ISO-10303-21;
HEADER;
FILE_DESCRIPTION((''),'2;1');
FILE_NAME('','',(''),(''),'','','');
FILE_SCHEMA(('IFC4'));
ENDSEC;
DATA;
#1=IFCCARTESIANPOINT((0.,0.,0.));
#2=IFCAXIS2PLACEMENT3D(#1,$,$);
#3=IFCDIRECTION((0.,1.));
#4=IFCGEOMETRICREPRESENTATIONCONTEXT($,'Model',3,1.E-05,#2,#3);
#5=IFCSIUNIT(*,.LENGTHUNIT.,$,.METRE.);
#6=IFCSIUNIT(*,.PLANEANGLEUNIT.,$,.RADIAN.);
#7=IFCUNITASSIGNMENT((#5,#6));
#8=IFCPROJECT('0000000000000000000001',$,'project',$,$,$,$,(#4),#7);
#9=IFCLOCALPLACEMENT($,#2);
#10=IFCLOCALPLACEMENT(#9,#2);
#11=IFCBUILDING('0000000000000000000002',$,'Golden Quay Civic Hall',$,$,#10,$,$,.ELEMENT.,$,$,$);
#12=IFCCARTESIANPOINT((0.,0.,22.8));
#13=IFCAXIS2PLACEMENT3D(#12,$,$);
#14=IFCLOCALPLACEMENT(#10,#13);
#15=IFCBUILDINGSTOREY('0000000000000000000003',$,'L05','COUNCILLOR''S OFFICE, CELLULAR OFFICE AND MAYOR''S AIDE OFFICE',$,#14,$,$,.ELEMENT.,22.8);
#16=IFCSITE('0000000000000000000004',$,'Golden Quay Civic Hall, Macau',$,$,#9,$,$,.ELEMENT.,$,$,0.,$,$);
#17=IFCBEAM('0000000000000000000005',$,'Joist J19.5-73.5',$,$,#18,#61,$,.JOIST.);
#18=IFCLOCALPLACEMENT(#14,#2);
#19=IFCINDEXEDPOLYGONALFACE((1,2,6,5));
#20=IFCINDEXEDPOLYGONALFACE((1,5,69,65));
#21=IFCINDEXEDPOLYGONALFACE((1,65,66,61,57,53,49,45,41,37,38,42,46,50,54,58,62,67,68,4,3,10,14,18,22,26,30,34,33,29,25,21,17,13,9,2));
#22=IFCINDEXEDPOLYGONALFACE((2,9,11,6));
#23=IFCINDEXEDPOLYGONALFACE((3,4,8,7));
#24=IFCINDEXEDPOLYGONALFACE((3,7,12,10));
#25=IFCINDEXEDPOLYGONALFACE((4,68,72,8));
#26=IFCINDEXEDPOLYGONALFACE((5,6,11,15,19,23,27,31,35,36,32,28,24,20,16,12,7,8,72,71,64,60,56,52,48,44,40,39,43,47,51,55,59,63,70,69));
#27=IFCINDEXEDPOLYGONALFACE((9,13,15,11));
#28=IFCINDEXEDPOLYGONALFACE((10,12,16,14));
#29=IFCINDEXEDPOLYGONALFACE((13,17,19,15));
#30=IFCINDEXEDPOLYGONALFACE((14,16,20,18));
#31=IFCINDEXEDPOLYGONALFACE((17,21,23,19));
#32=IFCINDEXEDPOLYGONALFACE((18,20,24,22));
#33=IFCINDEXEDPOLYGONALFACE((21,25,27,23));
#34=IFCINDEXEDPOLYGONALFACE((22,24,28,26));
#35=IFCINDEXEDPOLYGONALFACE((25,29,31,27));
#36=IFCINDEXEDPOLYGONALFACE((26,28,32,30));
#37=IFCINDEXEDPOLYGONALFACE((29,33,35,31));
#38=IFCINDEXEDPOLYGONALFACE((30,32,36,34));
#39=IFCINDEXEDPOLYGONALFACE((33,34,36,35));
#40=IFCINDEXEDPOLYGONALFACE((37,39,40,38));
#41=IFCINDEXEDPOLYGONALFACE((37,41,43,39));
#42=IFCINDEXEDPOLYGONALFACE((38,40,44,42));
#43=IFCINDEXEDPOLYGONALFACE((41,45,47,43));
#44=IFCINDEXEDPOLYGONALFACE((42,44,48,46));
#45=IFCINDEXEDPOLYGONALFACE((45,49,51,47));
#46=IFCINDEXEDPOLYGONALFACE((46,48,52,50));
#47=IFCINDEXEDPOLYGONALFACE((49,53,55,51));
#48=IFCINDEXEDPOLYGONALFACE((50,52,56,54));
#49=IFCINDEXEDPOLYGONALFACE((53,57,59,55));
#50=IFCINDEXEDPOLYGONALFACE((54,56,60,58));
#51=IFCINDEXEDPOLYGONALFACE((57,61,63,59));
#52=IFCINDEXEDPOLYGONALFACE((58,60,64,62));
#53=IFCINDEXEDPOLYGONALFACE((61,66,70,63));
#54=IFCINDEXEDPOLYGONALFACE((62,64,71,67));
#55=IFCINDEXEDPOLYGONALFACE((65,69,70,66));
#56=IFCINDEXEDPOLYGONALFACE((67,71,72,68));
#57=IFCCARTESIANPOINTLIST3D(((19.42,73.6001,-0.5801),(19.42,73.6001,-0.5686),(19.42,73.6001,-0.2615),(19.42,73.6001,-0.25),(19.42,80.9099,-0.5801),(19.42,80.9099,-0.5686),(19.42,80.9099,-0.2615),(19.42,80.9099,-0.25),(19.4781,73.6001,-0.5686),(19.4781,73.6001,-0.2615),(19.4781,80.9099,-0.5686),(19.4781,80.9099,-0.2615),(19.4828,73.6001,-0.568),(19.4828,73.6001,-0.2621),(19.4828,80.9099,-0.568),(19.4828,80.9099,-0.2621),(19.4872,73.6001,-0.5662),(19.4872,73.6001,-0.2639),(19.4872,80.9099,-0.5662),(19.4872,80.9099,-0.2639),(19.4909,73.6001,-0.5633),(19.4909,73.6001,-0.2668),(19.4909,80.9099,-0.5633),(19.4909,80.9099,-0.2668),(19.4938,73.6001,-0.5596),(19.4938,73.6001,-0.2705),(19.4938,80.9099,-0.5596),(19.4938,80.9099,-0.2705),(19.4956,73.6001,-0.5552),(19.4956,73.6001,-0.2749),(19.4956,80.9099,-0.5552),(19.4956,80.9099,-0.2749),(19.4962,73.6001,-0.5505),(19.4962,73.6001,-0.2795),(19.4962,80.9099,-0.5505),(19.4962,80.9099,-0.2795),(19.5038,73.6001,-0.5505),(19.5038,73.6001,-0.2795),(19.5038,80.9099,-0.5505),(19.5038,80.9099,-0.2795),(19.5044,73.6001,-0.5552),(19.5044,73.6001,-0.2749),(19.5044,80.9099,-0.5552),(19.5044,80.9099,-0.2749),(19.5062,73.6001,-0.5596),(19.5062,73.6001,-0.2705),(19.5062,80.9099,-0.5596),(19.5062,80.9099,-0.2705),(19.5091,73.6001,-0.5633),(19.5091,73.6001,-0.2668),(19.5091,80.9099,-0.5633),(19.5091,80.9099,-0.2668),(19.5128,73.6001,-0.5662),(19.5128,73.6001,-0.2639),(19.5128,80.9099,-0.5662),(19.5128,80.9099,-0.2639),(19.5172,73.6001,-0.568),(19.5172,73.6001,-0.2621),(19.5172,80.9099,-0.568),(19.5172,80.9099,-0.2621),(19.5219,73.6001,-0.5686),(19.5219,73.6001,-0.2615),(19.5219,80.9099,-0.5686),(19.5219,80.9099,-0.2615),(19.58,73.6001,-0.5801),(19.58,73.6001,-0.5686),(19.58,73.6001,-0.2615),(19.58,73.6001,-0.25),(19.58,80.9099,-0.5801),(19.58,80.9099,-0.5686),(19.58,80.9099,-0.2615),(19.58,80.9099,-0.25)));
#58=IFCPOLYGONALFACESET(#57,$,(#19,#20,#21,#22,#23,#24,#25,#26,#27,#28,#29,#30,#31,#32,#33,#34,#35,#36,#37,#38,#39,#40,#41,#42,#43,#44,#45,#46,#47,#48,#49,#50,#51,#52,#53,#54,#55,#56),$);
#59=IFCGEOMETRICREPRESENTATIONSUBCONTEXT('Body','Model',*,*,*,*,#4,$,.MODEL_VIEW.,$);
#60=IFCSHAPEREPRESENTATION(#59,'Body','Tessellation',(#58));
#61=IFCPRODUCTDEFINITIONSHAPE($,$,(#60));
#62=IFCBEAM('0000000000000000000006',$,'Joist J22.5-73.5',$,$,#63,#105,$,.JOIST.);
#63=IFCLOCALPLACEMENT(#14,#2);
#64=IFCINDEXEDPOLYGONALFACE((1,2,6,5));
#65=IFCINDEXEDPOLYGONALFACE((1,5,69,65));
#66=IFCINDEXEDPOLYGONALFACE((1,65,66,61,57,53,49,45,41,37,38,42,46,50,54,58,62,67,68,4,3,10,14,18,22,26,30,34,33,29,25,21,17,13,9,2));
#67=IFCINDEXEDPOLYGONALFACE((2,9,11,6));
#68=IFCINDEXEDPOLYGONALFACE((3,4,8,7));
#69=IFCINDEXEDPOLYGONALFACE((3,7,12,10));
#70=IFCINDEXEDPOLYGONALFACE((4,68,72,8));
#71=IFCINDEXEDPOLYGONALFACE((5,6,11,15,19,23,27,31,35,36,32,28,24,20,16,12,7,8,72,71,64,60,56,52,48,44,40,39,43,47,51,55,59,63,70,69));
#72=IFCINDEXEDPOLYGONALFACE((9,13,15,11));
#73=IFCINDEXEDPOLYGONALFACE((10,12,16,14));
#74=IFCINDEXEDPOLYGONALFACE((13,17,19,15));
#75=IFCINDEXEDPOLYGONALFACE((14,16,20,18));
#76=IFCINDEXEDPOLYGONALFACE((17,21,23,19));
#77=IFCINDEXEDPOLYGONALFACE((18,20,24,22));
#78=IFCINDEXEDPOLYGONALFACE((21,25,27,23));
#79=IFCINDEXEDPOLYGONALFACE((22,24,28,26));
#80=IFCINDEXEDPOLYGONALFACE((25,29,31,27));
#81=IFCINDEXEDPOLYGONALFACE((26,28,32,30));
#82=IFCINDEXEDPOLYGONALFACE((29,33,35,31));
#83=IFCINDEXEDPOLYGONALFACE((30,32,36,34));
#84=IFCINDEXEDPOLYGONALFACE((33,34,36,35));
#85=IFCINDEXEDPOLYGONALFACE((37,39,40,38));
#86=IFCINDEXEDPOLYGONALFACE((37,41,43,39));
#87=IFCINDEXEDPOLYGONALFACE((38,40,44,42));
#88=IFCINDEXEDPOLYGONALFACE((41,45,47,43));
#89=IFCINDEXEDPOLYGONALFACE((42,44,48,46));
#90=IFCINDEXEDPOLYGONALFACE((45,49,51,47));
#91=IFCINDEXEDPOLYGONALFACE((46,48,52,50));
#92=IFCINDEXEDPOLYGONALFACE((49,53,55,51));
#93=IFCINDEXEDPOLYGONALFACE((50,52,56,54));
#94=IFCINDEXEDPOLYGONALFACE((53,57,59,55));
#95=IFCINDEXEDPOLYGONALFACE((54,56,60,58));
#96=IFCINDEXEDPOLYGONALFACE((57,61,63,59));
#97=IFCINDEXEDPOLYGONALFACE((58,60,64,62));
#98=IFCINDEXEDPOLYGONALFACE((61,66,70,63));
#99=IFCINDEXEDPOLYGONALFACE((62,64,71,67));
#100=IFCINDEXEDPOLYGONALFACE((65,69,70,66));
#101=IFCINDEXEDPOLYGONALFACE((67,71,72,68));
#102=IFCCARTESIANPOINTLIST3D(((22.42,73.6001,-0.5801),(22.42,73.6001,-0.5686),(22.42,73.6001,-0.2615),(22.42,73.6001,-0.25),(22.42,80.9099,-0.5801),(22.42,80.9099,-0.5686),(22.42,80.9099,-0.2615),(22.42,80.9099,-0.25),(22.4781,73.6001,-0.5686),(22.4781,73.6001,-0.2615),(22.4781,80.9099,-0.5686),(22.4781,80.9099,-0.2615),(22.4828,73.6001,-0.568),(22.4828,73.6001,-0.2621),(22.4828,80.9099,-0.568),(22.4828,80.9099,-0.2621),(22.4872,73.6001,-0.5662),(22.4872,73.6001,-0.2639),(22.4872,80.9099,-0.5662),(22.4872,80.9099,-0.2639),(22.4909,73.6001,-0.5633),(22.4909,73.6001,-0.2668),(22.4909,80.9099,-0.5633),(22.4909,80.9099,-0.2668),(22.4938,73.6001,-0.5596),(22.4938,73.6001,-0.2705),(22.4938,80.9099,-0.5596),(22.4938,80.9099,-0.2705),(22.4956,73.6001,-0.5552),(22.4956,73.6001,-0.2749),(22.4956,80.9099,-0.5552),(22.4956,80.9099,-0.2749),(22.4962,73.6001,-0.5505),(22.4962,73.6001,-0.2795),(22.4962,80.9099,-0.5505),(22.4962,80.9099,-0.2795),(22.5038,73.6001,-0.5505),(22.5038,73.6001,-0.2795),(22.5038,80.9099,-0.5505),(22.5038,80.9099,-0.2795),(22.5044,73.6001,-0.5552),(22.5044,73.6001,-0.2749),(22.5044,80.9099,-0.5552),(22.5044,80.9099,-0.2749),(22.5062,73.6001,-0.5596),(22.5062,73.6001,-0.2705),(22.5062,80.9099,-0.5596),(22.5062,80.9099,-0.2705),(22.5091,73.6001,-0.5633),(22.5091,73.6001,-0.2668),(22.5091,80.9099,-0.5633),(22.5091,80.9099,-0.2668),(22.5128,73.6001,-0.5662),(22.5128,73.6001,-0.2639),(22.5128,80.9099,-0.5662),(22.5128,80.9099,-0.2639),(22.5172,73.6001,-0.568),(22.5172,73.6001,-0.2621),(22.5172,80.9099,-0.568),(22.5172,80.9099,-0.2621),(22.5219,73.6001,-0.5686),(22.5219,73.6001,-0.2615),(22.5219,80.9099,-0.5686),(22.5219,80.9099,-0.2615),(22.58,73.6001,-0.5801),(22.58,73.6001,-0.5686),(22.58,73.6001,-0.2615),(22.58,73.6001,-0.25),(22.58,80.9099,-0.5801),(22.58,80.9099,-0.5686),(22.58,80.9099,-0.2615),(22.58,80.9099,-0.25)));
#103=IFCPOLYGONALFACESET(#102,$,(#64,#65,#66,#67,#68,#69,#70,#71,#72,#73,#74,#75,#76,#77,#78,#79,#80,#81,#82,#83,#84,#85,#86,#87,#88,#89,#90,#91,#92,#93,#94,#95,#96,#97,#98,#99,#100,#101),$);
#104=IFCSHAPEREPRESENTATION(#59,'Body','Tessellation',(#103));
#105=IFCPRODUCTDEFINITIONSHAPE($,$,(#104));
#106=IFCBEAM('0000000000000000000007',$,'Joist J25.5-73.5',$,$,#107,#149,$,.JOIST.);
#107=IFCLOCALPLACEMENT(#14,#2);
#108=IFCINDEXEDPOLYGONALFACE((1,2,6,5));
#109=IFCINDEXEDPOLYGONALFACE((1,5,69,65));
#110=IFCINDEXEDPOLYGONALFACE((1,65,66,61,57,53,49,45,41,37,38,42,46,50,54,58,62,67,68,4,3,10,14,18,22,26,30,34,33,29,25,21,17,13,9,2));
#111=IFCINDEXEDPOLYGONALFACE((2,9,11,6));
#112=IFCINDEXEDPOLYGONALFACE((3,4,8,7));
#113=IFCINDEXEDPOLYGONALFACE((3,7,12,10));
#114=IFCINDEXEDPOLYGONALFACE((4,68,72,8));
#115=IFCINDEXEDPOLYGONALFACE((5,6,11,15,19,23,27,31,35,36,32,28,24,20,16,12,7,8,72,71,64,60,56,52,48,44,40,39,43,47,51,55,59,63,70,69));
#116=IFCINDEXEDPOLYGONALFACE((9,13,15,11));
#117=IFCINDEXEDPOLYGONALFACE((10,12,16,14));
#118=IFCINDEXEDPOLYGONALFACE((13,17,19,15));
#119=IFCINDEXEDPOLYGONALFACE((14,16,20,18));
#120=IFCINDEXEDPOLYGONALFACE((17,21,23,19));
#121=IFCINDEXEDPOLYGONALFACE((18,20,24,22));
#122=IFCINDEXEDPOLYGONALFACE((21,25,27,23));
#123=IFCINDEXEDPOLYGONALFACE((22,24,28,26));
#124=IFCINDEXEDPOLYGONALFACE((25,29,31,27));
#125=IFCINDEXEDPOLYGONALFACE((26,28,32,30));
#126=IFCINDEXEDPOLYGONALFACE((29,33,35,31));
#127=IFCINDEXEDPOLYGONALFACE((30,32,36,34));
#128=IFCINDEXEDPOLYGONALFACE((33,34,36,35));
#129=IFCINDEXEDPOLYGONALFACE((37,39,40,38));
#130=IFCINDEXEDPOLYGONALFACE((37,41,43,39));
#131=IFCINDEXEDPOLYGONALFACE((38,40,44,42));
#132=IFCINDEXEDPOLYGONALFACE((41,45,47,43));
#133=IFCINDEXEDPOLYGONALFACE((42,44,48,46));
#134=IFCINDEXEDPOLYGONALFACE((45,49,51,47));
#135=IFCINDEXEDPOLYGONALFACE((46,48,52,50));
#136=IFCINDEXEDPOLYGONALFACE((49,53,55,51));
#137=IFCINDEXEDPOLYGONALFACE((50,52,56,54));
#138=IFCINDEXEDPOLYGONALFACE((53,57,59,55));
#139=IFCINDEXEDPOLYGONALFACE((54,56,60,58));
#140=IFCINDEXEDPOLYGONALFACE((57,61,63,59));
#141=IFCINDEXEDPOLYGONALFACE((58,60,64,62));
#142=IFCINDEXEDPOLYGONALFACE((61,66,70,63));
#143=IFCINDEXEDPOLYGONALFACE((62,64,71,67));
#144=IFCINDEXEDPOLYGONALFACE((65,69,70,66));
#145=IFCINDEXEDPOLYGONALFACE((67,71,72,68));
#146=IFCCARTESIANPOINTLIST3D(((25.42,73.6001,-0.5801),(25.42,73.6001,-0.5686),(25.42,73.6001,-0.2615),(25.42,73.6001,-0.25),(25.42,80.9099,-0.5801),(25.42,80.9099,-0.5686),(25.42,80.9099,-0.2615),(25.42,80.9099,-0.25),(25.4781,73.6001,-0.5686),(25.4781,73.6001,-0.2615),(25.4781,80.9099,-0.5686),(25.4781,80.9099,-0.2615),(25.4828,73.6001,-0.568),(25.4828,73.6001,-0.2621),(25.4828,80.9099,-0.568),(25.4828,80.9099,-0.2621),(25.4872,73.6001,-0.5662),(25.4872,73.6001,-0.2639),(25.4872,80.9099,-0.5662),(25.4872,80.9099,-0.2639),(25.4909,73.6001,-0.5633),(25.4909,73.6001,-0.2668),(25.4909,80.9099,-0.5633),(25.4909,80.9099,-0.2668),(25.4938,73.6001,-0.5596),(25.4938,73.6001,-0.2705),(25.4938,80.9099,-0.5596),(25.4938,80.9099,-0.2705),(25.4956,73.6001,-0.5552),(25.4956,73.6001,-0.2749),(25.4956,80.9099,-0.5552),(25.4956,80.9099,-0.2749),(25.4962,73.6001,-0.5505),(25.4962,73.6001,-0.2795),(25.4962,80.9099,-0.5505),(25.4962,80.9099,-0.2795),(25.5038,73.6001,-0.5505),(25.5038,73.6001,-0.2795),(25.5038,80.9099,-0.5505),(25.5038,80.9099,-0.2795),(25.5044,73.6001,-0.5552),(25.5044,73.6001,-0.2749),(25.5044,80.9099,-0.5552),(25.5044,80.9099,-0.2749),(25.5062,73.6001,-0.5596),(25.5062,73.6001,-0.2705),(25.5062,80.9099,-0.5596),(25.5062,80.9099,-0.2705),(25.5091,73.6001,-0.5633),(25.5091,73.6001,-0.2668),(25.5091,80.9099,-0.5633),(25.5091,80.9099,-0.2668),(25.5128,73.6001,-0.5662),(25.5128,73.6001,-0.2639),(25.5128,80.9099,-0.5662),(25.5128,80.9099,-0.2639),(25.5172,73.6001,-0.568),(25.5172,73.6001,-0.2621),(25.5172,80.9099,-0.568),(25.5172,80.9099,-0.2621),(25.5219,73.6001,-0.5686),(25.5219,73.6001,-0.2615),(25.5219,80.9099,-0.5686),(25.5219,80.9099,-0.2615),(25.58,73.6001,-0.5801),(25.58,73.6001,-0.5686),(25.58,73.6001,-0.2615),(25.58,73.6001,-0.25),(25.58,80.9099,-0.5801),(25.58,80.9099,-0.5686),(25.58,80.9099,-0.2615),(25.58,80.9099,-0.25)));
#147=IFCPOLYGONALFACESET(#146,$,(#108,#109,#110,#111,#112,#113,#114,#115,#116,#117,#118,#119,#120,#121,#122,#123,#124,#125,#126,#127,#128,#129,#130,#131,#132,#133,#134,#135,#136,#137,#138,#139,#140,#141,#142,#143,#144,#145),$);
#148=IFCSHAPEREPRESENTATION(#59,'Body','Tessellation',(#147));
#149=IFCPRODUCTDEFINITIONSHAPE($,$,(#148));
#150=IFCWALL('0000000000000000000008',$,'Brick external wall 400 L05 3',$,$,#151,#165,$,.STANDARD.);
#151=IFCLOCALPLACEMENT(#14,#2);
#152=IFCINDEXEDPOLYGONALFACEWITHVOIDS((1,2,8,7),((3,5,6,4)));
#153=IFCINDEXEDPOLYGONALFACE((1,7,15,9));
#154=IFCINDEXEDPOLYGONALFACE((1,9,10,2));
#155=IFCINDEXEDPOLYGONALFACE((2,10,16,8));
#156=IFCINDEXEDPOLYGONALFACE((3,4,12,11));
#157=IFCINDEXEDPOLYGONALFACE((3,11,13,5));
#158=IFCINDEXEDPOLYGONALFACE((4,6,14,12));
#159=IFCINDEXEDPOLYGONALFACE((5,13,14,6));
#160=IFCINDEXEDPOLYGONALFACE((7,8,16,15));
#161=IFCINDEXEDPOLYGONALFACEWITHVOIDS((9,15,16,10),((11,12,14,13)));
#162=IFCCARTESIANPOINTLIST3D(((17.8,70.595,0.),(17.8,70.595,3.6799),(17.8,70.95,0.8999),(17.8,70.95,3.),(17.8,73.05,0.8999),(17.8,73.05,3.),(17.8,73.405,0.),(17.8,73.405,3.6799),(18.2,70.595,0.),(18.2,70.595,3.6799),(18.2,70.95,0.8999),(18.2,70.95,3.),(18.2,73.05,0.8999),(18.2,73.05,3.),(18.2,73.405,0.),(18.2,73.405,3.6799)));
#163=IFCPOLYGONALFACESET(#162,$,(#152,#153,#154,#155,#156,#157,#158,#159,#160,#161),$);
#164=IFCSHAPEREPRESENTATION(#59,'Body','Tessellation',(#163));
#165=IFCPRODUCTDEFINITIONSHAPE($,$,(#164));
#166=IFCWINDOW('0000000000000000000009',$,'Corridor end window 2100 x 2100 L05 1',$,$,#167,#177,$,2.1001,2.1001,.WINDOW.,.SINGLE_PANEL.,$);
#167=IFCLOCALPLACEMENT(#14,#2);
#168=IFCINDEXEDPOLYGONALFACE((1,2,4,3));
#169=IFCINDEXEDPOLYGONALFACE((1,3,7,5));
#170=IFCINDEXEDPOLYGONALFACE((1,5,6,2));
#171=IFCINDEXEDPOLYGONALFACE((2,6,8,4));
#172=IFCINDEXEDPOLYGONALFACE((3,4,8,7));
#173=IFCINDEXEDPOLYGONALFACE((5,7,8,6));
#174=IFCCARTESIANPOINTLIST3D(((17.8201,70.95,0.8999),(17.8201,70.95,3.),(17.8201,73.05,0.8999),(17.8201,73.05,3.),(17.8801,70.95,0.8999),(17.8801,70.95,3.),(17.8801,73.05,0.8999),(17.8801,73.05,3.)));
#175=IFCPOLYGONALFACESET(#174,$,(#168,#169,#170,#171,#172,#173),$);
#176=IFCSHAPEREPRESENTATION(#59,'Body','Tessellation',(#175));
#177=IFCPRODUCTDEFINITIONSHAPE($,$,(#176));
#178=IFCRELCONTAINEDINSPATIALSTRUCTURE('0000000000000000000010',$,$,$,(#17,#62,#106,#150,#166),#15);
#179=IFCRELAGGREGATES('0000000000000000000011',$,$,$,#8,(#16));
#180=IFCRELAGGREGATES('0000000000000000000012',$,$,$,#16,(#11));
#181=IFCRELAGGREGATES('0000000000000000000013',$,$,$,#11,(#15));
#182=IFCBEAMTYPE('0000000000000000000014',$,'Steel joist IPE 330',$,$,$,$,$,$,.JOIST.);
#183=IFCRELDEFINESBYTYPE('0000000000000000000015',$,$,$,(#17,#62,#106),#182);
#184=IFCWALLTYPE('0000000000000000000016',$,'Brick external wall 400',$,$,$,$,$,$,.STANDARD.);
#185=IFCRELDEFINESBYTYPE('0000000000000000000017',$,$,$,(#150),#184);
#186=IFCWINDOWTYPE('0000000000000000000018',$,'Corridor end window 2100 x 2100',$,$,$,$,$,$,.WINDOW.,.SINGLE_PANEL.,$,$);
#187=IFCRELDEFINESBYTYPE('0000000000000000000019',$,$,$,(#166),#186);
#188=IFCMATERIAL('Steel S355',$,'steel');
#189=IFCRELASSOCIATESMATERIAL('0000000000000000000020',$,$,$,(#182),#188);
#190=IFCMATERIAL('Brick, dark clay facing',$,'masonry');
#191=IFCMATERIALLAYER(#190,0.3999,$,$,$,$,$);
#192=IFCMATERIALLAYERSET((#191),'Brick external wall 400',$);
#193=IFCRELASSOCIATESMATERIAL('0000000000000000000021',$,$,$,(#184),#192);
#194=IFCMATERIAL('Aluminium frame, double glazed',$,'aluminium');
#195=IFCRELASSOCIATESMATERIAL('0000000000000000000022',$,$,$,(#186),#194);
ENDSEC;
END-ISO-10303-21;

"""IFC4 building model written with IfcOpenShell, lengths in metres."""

from ifc_helpers import new_model, si_unit, direction, frame, frame_2d, origin, origin_2d, place, context, subcontext, project, spatial, rectangle, i_section, extrude, material, layer, layer_set, material_profile, profile_set, type_object, element, fill, save


model = new_model("IFC4")

# Units and contexts
model_context = context("Model", 3, precision=1e-05, world=origin(), true_north=direction((0.0, 1.0)))
body_context = subcontext(model_context, "Body", "Model", "MODEL_VIEW")
ifc_project = project(units=[si_unit("LENGTHUNIT", "METRE"), si_unit("PLANEANGLEUNIT", "RADIAN")], contexts=[model_context])

# Site, building, storey
site_placement = place(None, origin())
site = spatial("IfcSite", under=ifc_project, at=site_placement, Name="Golden Quay Civic Hall, Macau", CompositionType="ELEMENT", RefElevation=0.0)
building_placement = place(site_placement, origin())
building = spatial("IfcBuilding", under=site, at=building_placement, Name="Golden Quay Civic Hall", CompositionType="ELEMENT")
storey_placement = place(building_placement, frame((0.0, 0.0, 22.8)))
storey = spatial("IfcBuildingStorey", under=building, at=storey_placement, Name="L05", Description="COUNCILLOR'S OFFICE, CELLULAR OFFICE AND MAYOR'S AIDE OFFICE", CompositionType="ELEMENT", Elevation=22.8)

# Beams
ifc_material_1 = material(Name="Steel S355", Category="steel")
ifc_material_profile_1 = material_profile(ifc_material_1, i_section(OverallWidth=0.1599, OverallDepth=0.3301, WebThickness=0.0076, FlangeThickness=0.0115, FilletRadius=0.0181, at=origin_2d()), Name="IPE 330")
ifc_profile_set_1 = profile_set([ifc_material_profile_1], Name="Steel S355")
beam_type_1 = type_object("IfcBeamType", Name="Steel joist IPE 330", PredefinedType="JOIST", material=ifc_profile_set_1)
for number, where, z_axis, x_axis, name in (
    (1, (19.5, 73.6001, -0.415), (0.0, 1.0, 0.0), (-1.0, 0.0, 0.0), "Joist J19.5-73.5"),
    (2, (22.5, 73.6001, -0.415), (0.0, 1.0, 0.0), (-1.0, 0.0, 0.0), "Joist J22.5-73.5"),
    (3, (25.5, 73.6001, -0.415), (0.0, 1.0, 0.0), (-1.0, 0.0, 0.0), "Joist J25.5-73.5"),
):
    element("IfcBeam", number, at=place(storey_placement, frame(where, z_axis=z_axis, x_axis=x_axis)), inside=storey, type_object=beam_type_1, Name=name, PredefinedType="JOIST", context=body_context, shape_type="SweptSolid", body=[
        extrude(i_section(OverallWidth=0.1599, OverallDepth=0.3301, WebThickness=0.0076, FlangeThickness=0.0115, FilletRadius=0.0181, at=origin_2d()), origin(), (0.0, 0.0, 1.0), 7.3098),
    ])

# Wall, opening, window
ifc_material_2 = material(Name="Brick, dark clay facing", Category="masonry")
ifc_layer_1 = layer(ifc_material_2, 0.3999)
ifc_layer_set_1 = layer_set([ifc_layer_1], Name="Brick external wall 400")
wall_type_1 = type_object("IfcWallType", Name="Brick external wall 400", PredefinedType="STANDARD", material=ifc_layer_set_1)
wall_1_placement = place(storey_placement, frame((18.0, 73.405, 0.0), z_axis=(0.0, 0.0, 1.0), x_axis=(0.0, -1.0, 0.0)))
wall_1 = element("IfcWall", 4, at=wall_1_placement, inside=storey, type_object=wall_type_1, Name="Brick external wall 400 L05 3", PredefinedType="STANDARD", context=body_context, shape_type="SweptSolid", body=[
    extrude(rectangle(XDim=2.8101, YDim=0.3999, at=frame_2d((1.405, 0.0))), origin(), (0.0, 0.0, 1.0), 3.6799),
])
opening_1_placement = place(wall_1_placement, frame((0.355, 0.0, 0.8999)))
opening_1 = element("IfcOpeningElement", 5, at=opening_1_placement, cuts=wall_1, PredefinedType="OPENING", context=body_context, shape_type="SweptSolid", body=[
    extrude(rectangle(XDim=2.1001, YDim=2.1001, at=frame_2d((1.05, 1.05))), frame((0.0, 0.21, 0.0), z_axis=(0.0, -1.0, 0.0), x_axis=(1.0, 0.0, 0.0)), (0.0, 0.0, 1.0), 0.4199),
])
ifc_material_3 = material(Name="Aluminium frame, double glazed", Category="aluminium")
window_type_1 = type_object("IfcWindowType", Name="Corridor end window 2100 x 2100", PartitioningType="SINGLE_PANEL", PredefinedType="WINDOW", material=ifc_material_3)
window_1_placement = place(opening_1_placement, origin())
window_1 = element("IfcWindow", 6, at=window_1_placement, inside=storey, type_object=window_type_1, Name="Corridor end window 2100 x 2100 L05 1", OverallHeight=2.1001, OverallWidth=2.1001, PartitioningType="SINGLE_PANEL", PredefinedType="WINDOW", context=body_context, shape_type="SweptSolid", body=[
    extrude(rectangle(XDim=2.1001, YDim=2.1001, at=frame_2d((1.05, 1.05))), frame((0.0, -0.1199, 0.0), z_axis=(0.0, -1.0, 0.0), x_axis=(1.0, 0.0, 0.0)), (0.0, 0.0, 1.0), 0.0601),
])
fill(opening_1, window_1)

save(model, "model.ifc")
